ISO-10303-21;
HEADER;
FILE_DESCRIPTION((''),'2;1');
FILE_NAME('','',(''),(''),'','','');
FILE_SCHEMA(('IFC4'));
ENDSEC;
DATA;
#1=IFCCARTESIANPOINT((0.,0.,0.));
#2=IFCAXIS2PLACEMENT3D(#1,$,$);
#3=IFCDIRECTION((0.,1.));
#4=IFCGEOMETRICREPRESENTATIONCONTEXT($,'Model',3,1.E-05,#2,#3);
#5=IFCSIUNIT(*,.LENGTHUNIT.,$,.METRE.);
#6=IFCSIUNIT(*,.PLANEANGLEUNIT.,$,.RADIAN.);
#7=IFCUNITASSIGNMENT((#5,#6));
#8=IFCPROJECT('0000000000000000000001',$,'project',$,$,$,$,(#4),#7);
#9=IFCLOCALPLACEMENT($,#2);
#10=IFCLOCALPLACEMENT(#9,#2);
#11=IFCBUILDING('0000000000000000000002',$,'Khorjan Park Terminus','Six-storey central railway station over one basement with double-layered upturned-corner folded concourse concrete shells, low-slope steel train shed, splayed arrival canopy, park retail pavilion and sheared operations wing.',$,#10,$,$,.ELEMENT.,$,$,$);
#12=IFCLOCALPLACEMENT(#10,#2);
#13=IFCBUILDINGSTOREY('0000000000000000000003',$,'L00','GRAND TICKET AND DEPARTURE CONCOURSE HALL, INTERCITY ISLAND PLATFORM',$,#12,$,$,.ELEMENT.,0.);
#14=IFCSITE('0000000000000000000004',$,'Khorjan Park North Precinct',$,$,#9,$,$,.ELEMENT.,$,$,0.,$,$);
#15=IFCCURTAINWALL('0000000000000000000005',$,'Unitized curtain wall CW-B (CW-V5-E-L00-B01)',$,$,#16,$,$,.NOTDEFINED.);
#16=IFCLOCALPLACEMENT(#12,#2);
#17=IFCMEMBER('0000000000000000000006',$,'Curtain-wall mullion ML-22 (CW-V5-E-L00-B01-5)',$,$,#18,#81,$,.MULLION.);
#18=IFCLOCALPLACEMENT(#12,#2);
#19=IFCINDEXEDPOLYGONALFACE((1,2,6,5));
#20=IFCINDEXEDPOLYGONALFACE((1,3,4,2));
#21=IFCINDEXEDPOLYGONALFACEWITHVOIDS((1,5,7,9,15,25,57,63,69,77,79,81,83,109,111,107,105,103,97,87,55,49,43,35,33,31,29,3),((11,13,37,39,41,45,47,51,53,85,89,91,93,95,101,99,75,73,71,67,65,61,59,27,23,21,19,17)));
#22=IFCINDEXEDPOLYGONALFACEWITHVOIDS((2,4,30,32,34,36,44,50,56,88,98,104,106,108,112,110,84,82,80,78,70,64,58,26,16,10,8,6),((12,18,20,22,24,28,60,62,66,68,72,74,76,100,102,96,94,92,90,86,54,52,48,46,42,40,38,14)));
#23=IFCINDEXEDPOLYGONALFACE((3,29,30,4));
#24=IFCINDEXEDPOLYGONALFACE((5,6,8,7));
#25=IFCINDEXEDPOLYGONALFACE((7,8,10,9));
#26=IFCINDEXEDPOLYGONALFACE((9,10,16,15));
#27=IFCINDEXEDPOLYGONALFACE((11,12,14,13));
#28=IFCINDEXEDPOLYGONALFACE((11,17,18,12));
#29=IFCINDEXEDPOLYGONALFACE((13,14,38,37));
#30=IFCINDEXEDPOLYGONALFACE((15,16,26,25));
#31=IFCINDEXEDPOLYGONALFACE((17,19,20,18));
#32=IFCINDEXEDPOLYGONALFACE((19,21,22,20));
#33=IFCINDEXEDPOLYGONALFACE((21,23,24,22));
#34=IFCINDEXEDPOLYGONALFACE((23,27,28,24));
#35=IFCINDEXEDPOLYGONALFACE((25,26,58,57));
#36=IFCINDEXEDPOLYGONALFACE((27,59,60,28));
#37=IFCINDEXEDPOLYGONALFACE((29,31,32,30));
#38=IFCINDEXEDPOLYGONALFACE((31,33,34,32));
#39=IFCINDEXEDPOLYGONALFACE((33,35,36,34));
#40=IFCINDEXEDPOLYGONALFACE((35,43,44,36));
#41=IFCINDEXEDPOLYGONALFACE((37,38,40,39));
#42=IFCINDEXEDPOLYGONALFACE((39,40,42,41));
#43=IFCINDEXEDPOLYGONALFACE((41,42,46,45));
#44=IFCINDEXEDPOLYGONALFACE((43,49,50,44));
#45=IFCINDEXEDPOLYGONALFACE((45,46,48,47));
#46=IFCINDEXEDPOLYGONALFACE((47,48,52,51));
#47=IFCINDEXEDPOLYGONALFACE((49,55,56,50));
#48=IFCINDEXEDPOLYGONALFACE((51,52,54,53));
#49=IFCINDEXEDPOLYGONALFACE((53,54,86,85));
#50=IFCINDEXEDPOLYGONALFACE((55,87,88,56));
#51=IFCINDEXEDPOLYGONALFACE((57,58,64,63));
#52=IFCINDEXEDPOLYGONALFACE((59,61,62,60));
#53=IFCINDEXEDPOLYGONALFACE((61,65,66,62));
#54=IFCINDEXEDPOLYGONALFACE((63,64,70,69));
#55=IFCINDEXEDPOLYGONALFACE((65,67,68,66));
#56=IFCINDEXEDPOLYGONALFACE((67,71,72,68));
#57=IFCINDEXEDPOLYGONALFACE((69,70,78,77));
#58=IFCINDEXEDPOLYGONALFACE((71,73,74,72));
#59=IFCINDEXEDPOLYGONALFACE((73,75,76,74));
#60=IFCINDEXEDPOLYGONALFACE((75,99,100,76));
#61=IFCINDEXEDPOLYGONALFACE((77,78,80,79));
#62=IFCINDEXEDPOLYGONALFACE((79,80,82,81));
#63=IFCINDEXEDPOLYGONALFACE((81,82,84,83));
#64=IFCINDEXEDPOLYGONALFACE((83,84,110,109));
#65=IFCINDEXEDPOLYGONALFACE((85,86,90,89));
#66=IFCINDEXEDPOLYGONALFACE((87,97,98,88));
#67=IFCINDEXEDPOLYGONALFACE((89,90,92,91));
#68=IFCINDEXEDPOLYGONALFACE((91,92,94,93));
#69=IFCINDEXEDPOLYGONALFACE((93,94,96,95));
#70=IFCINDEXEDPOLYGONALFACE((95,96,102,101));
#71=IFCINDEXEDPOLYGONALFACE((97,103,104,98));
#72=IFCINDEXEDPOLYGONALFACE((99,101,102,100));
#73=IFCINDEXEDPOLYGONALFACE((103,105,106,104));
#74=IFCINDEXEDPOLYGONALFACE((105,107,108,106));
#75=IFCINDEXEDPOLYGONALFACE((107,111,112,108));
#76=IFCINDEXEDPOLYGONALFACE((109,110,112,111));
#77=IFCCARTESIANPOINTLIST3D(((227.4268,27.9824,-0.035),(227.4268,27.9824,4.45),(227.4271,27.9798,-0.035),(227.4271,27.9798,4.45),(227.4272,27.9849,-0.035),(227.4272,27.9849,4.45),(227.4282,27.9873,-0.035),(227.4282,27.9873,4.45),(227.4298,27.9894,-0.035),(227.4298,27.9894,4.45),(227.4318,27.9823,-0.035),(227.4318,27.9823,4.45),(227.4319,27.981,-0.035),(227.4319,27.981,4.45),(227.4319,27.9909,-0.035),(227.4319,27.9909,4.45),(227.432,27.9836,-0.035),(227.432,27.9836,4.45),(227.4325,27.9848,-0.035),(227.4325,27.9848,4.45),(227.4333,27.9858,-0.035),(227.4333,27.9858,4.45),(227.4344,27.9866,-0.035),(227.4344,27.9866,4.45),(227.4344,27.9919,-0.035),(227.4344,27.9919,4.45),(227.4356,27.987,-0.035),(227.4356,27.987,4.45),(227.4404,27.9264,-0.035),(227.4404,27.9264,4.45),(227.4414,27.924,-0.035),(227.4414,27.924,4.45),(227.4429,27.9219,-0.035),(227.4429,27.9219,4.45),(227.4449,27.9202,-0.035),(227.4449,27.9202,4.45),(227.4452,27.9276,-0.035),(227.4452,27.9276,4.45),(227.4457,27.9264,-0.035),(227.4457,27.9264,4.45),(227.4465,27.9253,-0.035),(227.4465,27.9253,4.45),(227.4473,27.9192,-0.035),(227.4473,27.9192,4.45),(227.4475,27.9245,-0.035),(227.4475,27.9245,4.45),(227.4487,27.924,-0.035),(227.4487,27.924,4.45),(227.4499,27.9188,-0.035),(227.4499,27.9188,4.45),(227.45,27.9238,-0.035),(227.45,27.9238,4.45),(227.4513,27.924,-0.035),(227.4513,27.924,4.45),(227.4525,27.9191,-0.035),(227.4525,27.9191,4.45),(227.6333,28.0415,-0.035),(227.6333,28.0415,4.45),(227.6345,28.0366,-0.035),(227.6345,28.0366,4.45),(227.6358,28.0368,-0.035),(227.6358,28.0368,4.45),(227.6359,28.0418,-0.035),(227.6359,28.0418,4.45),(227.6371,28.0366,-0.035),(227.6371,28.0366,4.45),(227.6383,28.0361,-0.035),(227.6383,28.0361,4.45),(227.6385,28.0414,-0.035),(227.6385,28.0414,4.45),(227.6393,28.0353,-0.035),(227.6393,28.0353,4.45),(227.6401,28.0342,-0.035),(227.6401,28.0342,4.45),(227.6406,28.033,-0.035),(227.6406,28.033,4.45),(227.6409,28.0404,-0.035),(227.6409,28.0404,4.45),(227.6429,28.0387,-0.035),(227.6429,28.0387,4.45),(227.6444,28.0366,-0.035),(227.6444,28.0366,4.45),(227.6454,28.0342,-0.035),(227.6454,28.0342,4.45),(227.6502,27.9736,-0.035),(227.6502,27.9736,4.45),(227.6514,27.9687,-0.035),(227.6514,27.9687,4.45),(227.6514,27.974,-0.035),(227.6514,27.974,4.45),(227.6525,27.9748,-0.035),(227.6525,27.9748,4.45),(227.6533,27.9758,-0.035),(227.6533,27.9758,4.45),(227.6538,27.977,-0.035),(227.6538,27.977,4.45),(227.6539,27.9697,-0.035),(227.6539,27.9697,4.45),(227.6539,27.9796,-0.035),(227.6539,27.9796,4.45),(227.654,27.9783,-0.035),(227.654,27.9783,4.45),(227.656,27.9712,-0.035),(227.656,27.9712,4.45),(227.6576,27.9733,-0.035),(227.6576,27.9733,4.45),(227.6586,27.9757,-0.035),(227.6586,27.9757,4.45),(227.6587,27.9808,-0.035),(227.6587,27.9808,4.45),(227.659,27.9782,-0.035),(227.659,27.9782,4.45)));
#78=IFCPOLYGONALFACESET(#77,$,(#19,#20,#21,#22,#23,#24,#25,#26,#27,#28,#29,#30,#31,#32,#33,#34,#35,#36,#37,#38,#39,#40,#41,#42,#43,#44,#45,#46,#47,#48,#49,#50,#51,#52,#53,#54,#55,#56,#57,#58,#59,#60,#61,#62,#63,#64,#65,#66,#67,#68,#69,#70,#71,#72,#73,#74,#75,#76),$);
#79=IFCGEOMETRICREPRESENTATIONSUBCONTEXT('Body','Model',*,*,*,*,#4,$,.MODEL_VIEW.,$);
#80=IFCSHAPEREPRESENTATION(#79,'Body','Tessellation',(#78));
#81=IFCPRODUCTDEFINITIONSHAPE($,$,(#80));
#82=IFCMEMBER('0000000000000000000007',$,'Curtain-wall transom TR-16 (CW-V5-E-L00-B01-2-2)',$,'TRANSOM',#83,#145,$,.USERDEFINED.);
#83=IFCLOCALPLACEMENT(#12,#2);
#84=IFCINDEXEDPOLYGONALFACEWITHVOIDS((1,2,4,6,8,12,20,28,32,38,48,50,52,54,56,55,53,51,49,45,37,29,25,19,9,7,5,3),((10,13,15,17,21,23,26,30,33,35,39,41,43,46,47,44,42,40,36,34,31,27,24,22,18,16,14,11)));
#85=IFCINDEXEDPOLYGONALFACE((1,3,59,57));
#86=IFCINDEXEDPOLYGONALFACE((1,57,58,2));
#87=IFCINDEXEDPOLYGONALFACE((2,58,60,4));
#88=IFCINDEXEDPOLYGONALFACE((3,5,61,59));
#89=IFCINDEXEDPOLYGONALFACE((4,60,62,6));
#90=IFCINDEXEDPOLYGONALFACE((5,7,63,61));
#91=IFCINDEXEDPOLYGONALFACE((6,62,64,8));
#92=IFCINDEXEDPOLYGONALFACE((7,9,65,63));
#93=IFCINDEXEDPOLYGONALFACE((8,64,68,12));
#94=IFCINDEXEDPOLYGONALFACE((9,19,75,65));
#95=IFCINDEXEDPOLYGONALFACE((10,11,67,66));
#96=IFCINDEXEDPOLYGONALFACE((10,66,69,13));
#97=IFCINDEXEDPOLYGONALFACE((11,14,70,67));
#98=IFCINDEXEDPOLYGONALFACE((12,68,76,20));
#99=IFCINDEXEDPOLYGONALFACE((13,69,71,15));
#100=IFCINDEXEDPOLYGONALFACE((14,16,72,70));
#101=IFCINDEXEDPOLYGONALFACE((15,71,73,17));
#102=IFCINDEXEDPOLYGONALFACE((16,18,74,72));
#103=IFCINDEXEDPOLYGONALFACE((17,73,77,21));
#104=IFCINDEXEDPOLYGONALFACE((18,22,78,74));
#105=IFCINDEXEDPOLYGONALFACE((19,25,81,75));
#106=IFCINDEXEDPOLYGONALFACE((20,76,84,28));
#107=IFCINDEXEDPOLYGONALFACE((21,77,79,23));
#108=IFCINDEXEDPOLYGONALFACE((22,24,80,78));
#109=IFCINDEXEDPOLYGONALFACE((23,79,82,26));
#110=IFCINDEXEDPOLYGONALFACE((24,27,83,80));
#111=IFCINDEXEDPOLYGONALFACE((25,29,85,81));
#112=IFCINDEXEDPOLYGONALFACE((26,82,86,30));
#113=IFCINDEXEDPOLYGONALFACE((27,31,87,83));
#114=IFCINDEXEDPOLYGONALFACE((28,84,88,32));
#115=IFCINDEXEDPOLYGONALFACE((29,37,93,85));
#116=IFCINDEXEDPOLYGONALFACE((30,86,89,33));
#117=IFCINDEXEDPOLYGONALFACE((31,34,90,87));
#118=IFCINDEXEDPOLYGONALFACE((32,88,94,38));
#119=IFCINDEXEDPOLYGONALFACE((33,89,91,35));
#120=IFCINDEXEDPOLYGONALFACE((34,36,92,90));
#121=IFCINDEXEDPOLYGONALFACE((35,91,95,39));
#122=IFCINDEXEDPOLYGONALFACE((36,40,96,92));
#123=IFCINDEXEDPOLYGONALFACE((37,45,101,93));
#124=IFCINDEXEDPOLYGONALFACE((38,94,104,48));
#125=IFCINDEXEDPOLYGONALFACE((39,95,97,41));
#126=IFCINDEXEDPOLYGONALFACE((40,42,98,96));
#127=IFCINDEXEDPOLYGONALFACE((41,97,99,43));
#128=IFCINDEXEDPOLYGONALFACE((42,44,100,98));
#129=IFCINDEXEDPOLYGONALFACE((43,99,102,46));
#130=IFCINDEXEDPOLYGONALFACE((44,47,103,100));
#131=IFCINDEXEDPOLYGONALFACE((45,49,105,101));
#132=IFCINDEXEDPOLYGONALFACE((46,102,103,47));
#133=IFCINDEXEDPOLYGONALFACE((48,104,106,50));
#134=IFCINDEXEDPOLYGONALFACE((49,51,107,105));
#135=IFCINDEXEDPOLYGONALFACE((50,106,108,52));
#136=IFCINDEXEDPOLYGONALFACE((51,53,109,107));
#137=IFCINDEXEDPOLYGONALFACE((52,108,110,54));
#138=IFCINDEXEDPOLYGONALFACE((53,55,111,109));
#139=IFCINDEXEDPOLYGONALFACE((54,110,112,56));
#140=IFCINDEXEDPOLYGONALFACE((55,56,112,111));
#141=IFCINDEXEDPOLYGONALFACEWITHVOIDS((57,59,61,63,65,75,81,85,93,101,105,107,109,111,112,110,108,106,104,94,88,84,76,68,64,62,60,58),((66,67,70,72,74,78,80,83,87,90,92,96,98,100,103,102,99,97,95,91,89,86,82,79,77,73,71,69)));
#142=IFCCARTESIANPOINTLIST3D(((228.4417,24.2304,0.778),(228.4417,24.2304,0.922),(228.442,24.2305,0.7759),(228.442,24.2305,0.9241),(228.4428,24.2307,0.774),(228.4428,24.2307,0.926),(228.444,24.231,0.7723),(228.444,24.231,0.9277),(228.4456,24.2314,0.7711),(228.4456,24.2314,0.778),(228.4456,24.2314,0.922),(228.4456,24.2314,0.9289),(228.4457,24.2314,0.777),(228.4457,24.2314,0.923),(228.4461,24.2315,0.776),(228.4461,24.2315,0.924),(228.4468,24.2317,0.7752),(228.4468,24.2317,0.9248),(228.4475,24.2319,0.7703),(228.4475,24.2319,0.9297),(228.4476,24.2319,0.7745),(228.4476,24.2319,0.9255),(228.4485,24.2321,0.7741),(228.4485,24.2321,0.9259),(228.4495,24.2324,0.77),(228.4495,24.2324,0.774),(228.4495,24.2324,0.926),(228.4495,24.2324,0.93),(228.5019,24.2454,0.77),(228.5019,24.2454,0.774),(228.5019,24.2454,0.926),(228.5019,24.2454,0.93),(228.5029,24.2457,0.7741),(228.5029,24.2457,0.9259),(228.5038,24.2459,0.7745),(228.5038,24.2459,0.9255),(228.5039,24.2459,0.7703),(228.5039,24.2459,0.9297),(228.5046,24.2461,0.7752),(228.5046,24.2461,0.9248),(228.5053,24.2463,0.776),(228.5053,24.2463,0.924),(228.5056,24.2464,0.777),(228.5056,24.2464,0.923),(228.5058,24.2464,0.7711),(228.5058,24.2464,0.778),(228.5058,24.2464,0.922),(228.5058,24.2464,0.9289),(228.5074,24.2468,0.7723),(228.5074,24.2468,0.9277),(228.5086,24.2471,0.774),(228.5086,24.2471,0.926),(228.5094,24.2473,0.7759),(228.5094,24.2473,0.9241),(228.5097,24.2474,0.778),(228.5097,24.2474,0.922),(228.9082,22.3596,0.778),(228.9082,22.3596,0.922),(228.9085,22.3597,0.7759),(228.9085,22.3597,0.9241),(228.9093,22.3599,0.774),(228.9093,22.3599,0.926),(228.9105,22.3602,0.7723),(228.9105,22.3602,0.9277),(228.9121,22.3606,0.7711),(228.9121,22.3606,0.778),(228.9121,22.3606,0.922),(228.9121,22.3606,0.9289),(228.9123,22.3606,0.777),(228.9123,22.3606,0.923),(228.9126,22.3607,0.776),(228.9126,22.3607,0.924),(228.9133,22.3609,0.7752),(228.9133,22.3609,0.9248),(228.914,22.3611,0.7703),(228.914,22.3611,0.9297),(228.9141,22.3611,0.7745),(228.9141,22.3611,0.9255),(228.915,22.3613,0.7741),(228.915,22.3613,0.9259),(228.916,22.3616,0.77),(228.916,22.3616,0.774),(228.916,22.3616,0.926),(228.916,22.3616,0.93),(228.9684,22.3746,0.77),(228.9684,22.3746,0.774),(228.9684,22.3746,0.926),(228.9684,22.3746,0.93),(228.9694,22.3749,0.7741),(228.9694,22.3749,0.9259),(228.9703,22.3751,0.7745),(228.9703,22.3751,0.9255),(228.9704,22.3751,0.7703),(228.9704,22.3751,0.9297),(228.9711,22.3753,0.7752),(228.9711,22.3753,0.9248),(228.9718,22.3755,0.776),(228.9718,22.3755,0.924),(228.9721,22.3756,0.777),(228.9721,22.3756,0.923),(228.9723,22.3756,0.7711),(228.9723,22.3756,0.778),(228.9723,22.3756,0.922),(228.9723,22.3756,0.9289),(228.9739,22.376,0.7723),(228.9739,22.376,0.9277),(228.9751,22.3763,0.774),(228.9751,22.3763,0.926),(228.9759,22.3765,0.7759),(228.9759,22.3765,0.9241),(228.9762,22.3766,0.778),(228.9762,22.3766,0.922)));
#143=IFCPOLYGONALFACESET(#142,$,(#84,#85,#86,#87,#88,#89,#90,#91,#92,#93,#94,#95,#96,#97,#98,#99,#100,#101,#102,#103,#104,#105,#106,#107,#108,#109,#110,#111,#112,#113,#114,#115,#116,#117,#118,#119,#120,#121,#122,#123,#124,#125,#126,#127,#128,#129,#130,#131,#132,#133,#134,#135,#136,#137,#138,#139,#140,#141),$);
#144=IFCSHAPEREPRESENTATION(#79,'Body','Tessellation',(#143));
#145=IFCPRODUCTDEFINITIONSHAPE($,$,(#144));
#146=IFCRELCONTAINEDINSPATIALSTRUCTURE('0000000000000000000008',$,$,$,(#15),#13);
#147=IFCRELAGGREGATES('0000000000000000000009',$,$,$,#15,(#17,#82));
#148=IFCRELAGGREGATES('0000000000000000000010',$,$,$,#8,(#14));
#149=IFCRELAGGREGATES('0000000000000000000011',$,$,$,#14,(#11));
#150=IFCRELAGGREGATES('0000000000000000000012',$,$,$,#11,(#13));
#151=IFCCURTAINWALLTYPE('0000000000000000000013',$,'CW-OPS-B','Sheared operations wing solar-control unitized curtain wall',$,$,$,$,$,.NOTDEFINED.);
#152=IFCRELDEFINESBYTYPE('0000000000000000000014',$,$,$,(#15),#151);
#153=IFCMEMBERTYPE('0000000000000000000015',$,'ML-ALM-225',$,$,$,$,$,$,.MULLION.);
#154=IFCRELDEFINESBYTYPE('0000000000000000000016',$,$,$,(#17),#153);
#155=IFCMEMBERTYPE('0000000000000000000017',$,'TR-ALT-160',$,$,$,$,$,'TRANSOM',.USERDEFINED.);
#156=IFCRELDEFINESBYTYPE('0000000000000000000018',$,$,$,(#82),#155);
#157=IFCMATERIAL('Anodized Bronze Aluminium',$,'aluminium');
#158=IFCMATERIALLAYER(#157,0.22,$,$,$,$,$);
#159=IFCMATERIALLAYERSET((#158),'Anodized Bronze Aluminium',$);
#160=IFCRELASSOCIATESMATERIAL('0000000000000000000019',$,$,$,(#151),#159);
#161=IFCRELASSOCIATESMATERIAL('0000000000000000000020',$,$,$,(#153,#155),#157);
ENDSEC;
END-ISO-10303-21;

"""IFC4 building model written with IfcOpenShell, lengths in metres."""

from ifc_helpers import new_model, si_unit, direction, frame, origin, origin_2d, place, context, subcontext, project, spatial, hollow_rectangle, extrude, material, layer, layer_set, material_profile, profile_set, type_object, element, aggregate, save


model = new_model("IFC4")

# Units and contexts
model_context = context("Model", 3, precision=1e-05, world=origin(), true_north=direction((0.0, 1.0)))
body_context = subcontext(model_context, "Body", "Model", "MODEL_VIEW")
ifc_project = project(units=[si_unit("LENGTHUNIT", "METRE"), si_unit("PLANEANGLEUNIT", "RADIAN")], contexts=[model_context])

# Site, building, storey
site_placement = place(None, origin())
site = spatial("IfcSite", under=ifc_project, at=site_placement, Name="Khorjan Park North Precinct", CompositionType="ELEMENT", RefElevation=0.0)
building_placement = place(site_placement, origin())
building = spatial("IfcBuilding", under=site, at=building_placement, Name="Khorjan Park Terminus", Description="Six-storey central railway station over one basement with double-layered upturned-corner folded concourse concrete shells, low-slope steel train shed, splayed arrival canopy, park retail pavilion and sheared operations wing.", CompositionType="ELEMENT")
storey_placement = place(building_placement, origin())
storey = spatial("IfcBuildingStorey", under=building, at=storey_placement, Name="L00", Description="GRAND TICKET AND DEPARTURE CONCOURSE HALL, INTERCITY ISLAND PLATFORM", CompositionType="ELEMENT", Elevation=0.0)

# Curtain wall, members
ifc_material_1 = material(Name="Anodized Bronze Aluminium", Category="aluminium")
ifc_layer_1 = layer(ifc_material_1, 0.22)
ifc_layer_set_1 = layer_set([ifc_layer_1], Name="Anodized Bronze Aluminium")
curtain_wall_type = type_object("IfcCurtainWallType", Name="CW-OPS-B", Description="Sheared operations wing solar-control unitized curtain wall", PredefinedType="NOTDEFINED", material=ifc_layer_set_1)
curtain_wall_placement = place(storey_placement, origin())
curtain_wall = element("IfcCurtainWall", 1, at=curtain_wall_placement, inside=storey, type_object=curtain_wall_type, Name="Unitized curtain wall CW-B (CW-V5-E-L00-B01)", PredefinedType="NOTDEFINED")
ifc_material_profile_1 = material_profile(ifc_material_1, hollow_rectangle(XDim=0.075, YDim=0.225, WallThickness=0.005, InnerFilletRadius=0.005, OuterFilletRadius=0.01, at=origin_2d()), Name="ALM 75x225x5")
ifc_profile_set_1 = profile_set([ifc_material_profile_1], Name="Anodized Bronze Aluminium")
member_type_1 = type_object("IfcMemberType", Name="ML-ALM-225", PredefinedType="MULLION", material=ifc_profile_set_1)
member_1_placement = place(storey_placement, frame((227.5429, 27.9803, -0.035), z_axis=(0.0, 0.0, 1.0), x_axis=(-0.24192, 0.970296, 0.0)))
member_1 = element("IfcMember", 2, at=member_1_placement, type_object=member_type_1, Name="Curtain-wall mullion ML-22 (CW-V5-E-L00-B01-5)", PredefinedType="MULLION", context=body_context, shape_type="SweptSolid", body=[
    extrude(hollow_rectangle(XDim=0.075, YDim=0.225, WallThickness=0.005, InnerFilletRadius=0.005, OuterFilletRadius=0.01, at=origin_2d()), origin(), (0.0, 0.0, 1.0), 4.485),
])
ifc_material_profile_2 = material_profile(ifc_material_1, hollow_rectangle(XDim=0.07, YDim=0.16, WallThickness=0.004, InnerFilletRadius=0.004, OuterFilletRadius=0.008, at=origin_2d()), Name="ALT 70x160x4")
ifc_profile_set_2 = profile_set([ifc_material_profile_2], Name="Anodized Bronze Aluminium")
member_type_2 = type_object("IfcMemberType", Name="TR-ALT-160", ElementType="TRANSOM", PredefinedType="USERDEFINED", material=ifc_profile_set_2)
member_2_placement = place(storey_placement, frame((228.9422, 22.3681, 0.85), z_axis=(-0.24195, 0.970289, 0.0), x_axis=(-0.970289, -0.24195, 0.0)))
member_2 = element("IfcMember", 3, at=member_2_placement, type_object=member_type_2, Name="Curtain-wall transom TR-16 (CW-V5-E-L00-B01-2-2)", ObjectType="TRANSOM", PredefinedType="USERDEFINED", context=body_context, shape_type="SweptSolid", body=[
    extrude(hollow_rectangle(XDim=0.07, YDim=0.16, WallThickness=0.004, InnerFilletRadius=0.004, OuterFilletRadius=0.008, at=origin_2d()), origin(), (0.0, 0.0, 1.0), 1.9281),
])
aggregate(curtain_wall, [member_1, member_2])

save(model, "model.ifc")
